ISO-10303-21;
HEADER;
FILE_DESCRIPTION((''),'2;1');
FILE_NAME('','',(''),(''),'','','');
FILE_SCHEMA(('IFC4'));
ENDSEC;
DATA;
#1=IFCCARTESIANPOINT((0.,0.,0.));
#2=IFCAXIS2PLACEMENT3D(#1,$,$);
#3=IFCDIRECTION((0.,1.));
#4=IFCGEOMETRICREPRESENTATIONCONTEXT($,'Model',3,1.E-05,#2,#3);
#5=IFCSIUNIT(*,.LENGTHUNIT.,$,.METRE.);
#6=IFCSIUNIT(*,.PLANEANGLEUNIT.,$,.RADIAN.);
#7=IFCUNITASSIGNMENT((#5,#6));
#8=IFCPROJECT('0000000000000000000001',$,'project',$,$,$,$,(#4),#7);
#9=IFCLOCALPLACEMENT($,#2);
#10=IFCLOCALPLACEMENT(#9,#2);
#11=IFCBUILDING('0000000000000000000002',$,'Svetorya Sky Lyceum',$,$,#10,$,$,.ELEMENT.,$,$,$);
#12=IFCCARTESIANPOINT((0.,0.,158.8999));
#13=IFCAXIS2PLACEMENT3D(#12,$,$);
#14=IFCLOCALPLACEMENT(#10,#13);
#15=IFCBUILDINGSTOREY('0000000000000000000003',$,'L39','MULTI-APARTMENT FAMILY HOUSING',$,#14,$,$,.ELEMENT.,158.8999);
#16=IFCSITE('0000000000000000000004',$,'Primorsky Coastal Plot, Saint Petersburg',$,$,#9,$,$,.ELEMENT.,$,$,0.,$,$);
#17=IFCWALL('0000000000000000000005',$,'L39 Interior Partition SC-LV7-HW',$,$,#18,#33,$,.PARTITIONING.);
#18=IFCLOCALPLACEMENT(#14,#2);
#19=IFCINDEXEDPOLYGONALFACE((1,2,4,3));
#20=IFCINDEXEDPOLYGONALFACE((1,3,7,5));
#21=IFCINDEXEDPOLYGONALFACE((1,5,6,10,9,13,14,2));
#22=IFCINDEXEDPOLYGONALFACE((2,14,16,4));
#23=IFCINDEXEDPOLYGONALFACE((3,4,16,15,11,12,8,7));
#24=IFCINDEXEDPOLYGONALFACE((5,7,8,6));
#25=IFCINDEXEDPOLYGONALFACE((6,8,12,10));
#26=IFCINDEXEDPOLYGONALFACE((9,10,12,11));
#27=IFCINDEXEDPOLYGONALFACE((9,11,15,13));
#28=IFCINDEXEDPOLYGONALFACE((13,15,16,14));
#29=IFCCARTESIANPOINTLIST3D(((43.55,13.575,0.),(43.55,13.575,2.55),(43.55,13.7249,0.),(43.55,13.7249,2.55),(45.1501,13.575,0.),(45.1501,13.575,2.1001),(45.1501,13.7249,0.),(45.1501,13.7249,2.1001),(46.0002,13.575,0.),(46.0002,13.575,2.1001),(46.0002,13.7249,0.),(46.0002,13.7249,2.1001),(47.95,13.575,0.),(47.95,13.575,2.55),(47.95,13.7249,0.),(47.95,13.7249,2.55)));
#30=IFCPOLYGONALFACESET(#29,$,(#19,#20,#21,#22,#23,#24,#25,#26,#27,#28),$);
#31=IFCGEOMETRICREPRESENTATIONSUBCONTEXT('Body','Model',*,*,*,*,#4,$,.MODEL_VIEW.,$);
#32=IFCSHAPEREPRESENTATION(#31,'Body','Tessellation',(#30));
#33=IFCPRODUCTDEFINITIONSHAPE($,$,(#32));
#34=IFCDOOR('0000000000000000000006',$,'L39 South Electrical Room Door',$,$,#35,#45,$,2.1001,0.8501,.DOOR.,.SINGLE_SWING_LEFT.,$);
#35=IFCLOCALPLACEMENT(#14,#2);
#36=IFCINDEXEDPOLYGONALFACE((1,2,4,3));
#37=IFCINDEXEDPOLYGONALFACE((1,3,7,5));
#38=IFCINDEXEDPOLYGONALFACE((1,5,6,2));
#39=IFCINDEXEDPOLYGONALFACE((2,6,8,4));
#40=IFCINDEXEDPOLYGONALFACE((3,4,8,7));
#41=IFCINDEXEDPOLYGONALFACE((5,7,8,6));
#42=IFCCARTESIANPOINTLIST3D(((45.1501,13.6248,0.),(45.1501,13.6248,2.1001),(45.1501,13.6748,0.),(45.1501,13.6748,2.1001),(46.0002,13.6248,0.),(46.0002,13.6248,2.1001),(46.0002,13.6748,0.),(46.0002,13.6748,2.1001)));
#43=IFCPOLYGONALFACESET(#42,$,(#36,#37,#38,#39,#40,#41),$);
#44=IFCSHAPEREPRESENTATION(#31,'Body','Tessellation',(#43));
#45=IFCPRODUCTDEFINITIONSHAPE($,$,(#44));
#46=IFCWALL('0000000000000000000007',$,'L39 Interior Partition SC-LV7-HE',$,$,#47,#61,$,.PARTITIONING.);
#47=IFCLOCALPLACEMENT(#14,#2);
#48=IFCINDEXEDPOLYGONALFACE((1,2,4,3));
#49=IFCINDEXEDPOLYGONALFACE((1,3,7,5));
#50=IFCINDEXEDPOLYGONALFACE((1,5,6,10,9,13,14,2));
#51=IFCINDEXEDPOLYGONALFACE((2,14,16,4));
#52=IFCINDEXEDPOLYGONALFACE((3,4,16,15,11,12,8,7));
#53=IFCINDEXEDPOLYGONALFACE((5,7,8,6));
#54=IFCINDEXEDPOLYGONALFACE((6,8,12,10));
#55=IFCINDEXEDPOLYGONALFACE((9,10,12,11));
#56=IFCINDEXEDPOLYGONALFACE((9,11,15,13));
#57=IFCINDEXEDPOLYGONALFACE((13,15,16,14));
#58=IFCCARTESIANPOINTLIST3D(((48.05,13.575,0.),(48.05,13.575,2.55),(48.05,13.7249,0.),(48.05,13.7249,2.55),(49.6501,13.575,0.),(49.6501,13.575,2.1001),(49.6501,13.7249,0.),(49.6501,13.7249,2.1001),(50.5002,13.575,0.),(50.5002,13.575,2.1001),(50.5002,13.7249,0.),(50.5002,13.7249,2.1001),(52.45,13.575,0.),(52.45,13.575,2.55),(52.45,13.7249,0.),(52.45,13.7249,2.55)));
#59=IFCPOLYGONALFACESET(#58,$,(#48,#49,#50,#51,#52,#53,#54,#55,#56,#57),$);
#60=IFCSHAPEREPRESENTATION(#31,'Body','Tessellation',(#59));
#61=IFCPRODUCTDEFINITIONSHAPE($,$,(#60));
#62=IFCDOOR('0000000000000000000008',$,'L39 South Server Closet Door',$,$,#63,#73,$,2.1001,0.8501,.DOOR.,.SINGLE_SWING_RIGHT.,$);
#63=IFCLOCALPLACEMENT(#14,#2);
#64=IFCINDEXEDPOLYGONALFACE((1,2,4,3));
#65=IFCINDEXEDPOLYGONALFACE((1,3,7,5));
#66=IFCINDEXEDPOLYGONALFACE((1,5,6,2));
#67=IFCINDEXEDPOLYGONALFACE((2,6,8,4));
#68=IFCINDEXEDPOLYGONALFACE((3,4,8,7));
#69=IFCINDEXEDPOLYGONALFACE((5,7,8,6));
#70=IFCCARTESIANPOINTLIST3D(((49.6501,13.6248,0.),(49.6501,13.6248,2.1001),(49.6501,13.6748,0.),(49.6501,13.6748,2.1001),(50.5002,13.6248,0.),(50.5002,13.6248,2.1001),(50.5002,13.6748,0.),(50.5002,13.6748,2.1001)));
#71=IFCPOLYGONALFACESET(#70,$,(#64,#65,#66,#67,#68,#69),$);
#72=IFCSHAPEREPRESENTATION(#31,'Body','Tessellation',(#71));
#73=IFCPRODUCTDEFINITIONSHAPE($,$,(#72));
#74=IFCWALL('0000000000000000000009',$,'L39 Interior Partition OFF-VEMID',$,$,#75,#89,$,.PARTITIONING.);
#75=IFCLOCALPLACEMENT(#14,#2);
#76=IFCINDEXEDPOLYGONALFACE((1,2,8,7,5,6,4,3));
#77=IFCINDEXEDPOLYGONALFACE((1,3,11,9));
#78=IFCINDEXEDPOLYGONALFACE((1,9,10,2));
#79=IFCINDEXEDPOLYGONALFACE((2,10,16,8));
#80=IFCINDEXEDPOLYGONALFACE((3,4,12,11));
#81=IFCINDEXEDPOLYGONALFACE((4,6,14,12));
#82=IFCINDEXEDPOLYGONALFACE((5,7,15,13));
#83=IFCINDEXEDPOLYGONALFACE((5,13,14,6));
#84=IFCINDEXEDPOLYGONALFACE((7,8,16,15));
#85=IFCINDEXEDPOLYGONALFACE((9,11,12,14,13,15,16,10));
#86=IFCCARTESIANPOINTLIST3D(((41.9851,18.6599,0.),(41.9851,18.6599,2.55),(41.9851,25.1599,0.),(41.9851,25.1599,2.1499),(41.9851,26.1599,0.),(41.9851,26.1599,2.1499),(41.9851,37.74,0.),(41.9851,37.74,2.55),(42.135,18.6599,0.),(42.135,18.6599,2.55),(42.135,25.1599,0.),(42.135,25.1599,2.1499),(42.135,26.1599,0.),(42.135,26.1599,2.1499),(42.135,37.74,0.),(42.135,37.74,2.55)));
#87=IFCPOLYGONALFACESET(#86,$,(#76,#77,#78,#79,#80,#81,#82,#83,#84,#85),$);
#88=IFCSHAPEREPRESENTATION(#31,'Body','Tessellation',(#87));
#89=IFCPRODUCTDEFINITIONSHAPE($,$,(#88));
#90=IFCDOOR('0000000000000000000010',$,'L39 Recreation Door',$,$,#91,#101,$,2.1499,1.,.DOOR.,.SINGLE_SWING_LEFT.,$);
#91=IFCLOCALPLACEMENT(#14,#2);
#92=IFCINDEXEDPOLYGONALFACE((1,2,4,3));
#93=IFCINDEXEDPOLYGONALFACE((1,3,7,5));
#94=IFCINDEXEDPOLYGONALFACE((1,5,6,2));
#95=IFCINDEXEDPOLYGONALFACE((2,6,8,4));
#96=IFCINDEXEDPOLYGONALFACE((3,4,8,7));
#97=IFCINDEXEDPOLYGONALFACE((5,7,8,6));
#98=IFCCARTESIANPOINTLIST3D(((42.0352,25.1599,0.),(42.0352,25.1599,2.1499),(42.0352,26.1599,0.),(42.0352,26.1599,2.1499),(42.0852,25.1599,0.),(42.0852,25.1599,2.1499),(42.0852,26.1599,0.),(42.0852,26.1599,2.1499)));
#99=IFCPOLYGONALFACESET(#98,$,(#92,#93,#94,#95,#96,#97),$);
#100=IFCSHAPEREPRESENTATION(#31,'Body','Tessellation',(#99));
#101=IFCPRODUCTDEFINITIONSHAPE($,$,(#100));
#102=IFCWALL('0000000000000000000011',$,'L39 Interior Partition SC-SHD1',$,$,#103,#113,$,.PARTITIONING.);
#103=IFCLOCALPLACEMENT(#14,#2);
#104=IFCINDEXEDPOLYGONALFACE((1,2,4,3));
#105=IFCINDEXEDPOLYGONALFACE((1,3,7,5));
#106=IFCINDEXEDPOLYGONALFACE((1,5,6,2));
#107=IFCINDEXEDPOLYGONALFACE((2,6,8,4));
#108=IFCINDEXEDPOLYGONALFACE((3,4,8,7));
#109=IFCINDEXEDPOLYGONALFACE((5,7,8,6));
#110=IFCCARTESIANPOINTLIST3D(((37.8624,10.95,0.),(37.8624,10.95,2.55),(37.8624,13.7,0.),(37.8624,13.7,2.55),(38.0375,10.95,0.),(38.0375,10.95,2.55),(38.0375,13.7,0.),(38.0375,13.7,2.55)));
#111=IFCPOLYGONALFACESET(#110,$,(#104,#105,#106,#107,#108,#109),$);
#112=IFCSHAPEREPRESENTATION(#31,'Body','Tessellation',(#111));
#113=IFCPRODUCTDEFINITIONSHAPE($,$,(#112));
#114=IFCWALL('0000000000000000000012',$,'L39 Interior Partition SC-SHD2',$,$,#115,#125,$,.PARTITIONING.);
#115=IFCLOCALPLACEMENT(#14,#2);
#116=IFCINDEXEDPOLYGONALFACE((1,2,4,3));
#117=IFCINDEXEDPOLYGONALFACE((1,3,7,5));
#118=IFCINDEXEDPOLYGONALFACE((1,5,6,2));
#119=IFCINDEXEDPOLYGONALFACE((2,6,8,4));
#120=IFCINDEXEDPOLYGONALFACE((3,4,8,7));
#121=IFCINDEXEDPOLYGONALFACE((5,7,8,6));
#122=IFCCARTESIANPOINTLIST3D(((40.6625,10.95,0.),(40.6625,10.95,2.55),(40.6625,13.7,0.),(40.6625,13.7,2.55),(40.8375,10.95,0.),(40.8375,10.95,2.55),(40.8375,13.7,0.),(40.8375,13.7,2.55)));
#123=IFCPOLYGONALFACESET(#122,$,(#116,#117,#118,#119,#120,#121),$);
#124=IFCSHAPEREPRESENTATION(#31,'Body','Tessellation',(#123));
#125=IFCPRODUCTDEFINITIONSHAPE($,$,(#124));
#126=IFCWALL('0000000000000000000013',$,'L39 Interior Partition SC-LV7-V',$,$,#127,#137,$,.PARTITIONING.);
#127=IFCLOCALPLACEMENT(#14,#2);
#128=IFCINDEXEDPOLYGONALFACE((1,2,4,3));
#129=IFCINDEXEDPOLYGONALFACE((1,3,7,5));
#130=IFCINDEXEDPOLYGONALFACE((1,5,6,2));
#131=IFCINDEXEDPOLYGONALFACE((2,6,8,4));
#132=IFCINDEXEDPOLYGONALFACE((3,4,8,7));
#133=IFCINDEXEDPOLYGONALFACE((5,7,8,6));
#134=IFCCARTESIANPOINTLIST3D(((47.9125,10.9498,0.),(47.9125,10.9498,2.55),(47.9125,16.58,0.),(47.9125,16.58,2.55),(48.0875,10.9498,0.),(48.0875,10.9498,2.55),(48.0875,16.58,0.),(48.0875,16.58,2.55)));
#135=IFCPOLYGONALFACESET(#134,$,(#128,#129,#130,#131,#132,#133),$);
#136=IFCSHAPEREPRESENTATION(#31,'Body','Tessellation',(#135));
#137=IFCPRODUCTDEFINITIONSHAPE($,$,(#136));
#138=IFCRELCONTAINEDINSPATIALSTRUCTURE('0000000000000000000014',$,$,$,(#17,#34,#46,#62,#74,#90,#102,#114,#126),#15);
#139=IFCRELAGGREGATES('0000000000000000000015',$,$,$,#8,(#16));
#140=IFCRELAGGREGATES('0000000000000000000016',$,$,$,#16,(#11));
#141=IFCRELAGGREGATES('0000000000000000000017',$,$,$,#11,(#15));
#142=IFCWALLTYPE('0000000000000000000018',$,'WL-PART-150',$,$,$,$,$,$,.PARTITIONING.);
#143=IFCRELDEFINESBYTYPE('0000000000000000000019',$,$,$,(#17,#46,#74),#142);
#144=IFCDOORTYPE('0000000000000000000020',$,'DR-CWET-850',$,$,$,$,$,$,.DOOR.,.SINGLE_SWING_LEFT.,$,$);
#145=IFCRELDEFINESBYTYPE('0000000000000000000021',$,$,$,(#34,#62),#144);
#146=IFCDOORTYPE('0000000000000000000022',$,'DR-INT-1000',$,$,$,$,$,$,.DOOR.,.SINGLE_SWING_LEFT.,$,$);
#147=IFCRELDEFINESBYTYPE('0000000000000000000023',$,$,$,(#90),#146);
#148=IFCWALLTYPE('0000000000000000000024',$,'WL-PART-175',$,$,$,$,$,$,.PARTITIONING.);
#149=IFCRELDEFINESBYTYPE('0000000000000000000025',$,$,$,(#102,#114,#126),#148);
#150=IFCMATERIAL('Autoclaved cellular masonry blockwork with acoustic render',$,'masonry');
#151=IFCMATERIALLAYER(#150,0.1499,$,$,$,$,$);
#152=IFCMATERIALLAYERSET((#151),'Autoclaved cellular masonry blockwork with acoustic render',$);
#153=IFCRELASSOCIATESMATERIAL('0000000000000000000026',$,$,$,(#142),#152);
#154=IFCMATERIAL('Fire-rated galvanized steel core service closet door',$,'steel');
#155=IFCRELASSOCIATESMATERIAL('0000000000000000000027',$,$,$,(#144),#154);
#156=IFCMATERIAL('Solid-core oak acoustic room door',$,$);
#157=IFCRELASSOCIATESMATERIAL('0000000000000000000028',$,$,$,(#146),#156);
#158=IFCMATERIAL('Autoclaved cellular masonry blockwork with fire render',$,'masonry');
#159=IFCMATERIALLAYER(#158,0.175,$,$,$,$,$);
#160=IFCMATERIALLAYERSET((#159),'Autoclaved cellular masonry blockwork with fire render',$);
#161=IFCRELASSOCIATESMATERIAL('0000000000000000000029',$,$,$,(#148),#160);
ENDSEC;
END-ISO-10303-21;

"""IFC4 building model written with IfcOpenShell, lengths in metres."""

from ifc_helpers import new_model, si_unit, direction, frame, frame_2d, origin, place, context, subcontext, project, spatial, rectangle, extrude, material, layer, layer_set, type_object, element, fill, save


model = new_model("IFC4")

# Units and contexts
model_context = context("Model", 3, precision=1e-05, world=origin(), true_north=direction((0.0, 1.0)))
body_context = subcontext(model_context, "Body", "Model", "MODEL_VIEW")
ifc_project = project(units=[si_unit("LENGTHUNIT", "METRE"), si_unit("PLANEANGLEUNIT", "RADIAN")], contexts=[model_context])

# Site, building, storey
site_placement = place(None, origin())
site = spatial("IfcSite", under=ifc_project, at=site_placement, Name="Primorsky Coastal Plot, Saint Petersburg", CompositionType="ELEMENT", RefElevation=0.0)
building_placement = place(site_placement, origin())
building = spatial("IfcBuilding", under=site, at=building_placement, Name="Svetorya Sky Lyceum", CompositionType="ELEMENT")
storey_placement = place(building_placement, frame((0.0, 0.0, 158.8999)))
storey = spatial("IfcBuildingStorey", under=building, at=storey_placement, Name="L39", Description="MULTI-APARTMENT FAMILY HOUSING", CompositionType="ELEMENT", Elevation=158.8999)

# Walls, openings, doors
ifc_material_1 = material(Name="Autoclaved cellular masonry blockwork with acoustic render", Category="masonry")
ifc_layer_1 = layer(ifc_material_1, 0.1499)
ifc_layer_set_1 = layer_set([ifc_layer_1], Name="Autoclaved cellular masonry blockwork with acoustic render")
wall_type_1 = type_object("IfcWallType", Name="WL-PART-150", PredefinedType="PARTITIONING", material=ifc_layer_set_1)
wall_1_placement = place(storey_placement, frame((43.55, 13.6499, 0.0), z_axis=(0.0, 0.0, 1.0), x_axis=(1.0, 0.0, 0.0)))
wall_1 = element("IfcWall", 1, at=wall_1_placement, inside=storey, type_object=wall_type_1, Name="L39 Interior Partition SC-LV7-HW", PredefinedType="PARTITIONING", context=body_context, shape_type="SweptSolid", body=[
    extrude(rectangle(XDim=4.3999, YDim=0.1499, at=frame_2d((2.2, 0.0))), origin(), (0.0, 0.0, 1.0), 2.55),
])
opening_1_placement = place(wall_1_placement, frame((1.6001, 0.0, 0.0)))
opening_1 = element("IfcOpeningElement", 2, at=opening_1_placement, cuts=wall_1, PredefinedType="OPENING", context=body_context, shape_type="SweptSolid", body=[
    extrude(rectangle(XDim=0.8501, YDim=2.1001, at=frame_2d((0.425, 1.05))), frame((0.0, 0.085, 0.0), z_axis=(0.0, -1.0, 0.0), x_axis=(1.0, 0.0, 0.0)), (0.0, 0.0, 1.0), 0.1699),
])
ifc_material_2 = material(Name="Fire-rated galvanized steel core service closet door", Category="steel")
door_type_1 = type_object("IfcDoorType", Name="DR-CWET-850", OperationType="SINGLE_SWING_LEFT", PredefinedType="DOOR", material=ifc_material_2)
door_1_placement = place(opening_1_placement, origin())
door_1 = element("IfcDoor", 3, at=door_1_placement, inside=storey, type_object=door_type_1, Name="L39 South Electrical Room Door", OperationType="SINGLE_SWING_LEFT", OverallHeight=2.1001, OverallWidth=0.8501, PredefinedType="DOOR", context=body_context, shape_type="SweptSolid", body=[
    extrude(rectangle(XDim=0.8501, YDim=2.1001, at=frame_2d((0.425, 1.05))), frame((0.0, 0.0249, 0.0), z_axis=(0.0, -1.0, 0.0), x_axis=(1.0, 0.0, 0.0)), (0.0, 0.0, 1.0), 0.05),
])
fill(opening_1, door_1)
wall_2_placement = place(storey_placement, frame((48.05, 13.6499, 0.0), z_axis=(0.0, 0.0, 1.0), x_axis=(1.0, 0.0, 0.0)))
wall_2 = element("IfcWall", 4, at=wall_2_placement, inside=storey, type_object=wall_type_1, Name="L39 Interior Partition SC-LV7-HE", PredefinedType="PARTITIONING", context=body_context, shape_type="SweptSolid", body=[
    extrude(rectangle(XDim=4.3999, YDim=0.1499, at=frame_2d((2.2, 0.0))), origin(), (0.0, 0.0, 1.0), 2.55),
])
opening_2_placement = place(wall_2_placement, frame((1.6001, 0.0, 0.0)))
opening_2 = element("IfcOpeningElement", 5, at=opening_2_placement, cuts=wall_2, PredefinedType="OPENING", context=body_context, shape_type="SweptSolid", body=[
    extrude(rectangle(XDim=0.8501, YDim=2.1001, at=frame_2d((0.425, 1.05))), frame((0.0, 0.085, 0.0), z_axis=(0.0, -1.0, 0.0), x_axis=(1.0, 0.0, 0.0)), (0.0, 0.0, 1.0), 0.1699),
])
door_2_placement = place(opening_2_placement, origin())
door_2 = element("IfcDoor", 6, at=door_2_placement, inside=storey, type_object=door_type_1, Name="L39 South Server Closet Door", OperationType="SINGLE_SWING_RIGHT", OverallHeight=2.1001, OverallWidth=0.8501, PredefinedType="DOOR", context=body_context, shape_type="SweptSolid", body=[
    extrude(rectangle(XDim=0.8501, YDim=2.1001, at=frame_2d((0.425, 1.05))), frame((0.0, 0.0249, 0.0), z_axis=(0.0, -1.0, 0.0), x_axis=(1.0, 0.0, 0.0)), (0.0, 0.0, 1.0), 0.05),
])
fill(opening_2, door_2)
wall_3_placement = place(storey_placement, frame((42.0601, 18.6599, 0.0), z_axis=(0.0, 0.0, 1.0), x_axis=(0.0, 1.0, 0.0)))
wall_3 = element("IfcWall", 7, at=wall_3_placement, inside=storey, type_object=wall_type_1, Name="L39 Interior Partition OFF-VEMID", PredefinedType="PARTITIONING", context=body_context, shape_type="SweptSolid", body=[
    extrude(rectangle(XDim=19.0801, YDim=0.1499, at=frame_2d((9.54, 0.0))), origin(), (0.0, 0.0, 1.0), 2.55),
])
opening_3_placement = place(wall_3_placement, frame((6.5, 0.0, 0.0)))
opening_3 = element("IfcOpeningElement", 8, at=opening_3_placement, cuts=wall_3, PredefinedType="OPENING", context=body_context, shape_type="SweptSolid", body=[
    extrude(rectangle(XDim=1.0, YDim=2.1499, at=frame_2d((0.5, 1.075))), frame((0.0, 0.085, 0.0), z_axis=(0.0, -1.0, 0.0), x_axis=(1.0, 0.0, 0.0)), (0.0, 0.0, 1.0), 0.1699),
])
ifc_material_3 = material(Name="Solid-core oak acoustic room door")
door_type_2 = type_object("IfcDoorType", Name="DR-INT-1000", OperationType="SINGLE_SWING_LEFT", PredefinedType="DOOR", material=ifc_material_3)
door_3_placement = place(opening_3_placement, origin())
door_3 = element("IfcDoor", 9, at=door_3_placement, inside=storey, type_object=door_type_2, Name="L39 Recreation Door", OperationType="SINGLE_SWING_LEFT", OverallHeight=2.1499, OverallWidth=1.0, PredefinedType="DOOR", context=body_context, shape_type="SweptSolid", body=[
    extrude(rectangle(XDim=1.0, YDim=2.1499, at=frame_2d((0.5, 1.075))), frame((0.0, 0.0249, 0.0), z_axis=(0.0, -1.0, 0.0), x_axis=(1.0, 0.0, 0.0)), (0.0, 0.0, 1.0), 0.05),
])
fill(opening_3, door_3)

# Walls
ifc_material_4 = material(Name="Autoclaved cellular masonry blockwork with fire render", Category="masonry")
ifc_layer_2 = layer(ifc_material_4, 0.175)
ifc_layer_set_2 = layer_set([ifc_layer_2], Name="Autoclaved cellular masonry blockwork with fire render")
wall_type_2 = type_object("IfcWallType", Name="WL-PART-175", PredefinedType="PARTITIONING", material=ifc_layer_set_2)
for number, where, z_axis, x_axis, name in (
    (10, (37.95, 10.95, 0.0), (0.0, 0.0, 1.0), (0.0, 1.0, 0.0), "L39 Interior Partition SC-SHD1"),
    (11, (40.75, 10.95, 0.0), (0.0, 0.0, 1.0), (0.0, 1.0, 0.0), "L39 Interior Partition SC-SHD2"),
):
    element("IfcWall", number, at=place(storey_placement, frame(where, z_axis=z_axis, x_axis=x_axis)), inside=storey, type_object=wall_type_2, Name=name, PredefinedType="PARTITIONING", context=body_context, shape_type="SweptSolid", body=[
        extrude(rectangle(XDim=2.75, YDim=0.175, at=frame_2d((1.375, 0.0))), origin(), (0.0, 0.0, 1.0), 2.55),
    ])
wall_4_placement = place(storey_placement, frame((48.0, 10.95, 0.0), z_axis=(0.0, 0.0, 1.0), x_axis=(0.0, 1.0, 0.0)))
element("IfcWall", 12, at=wall_4_placement, inside=storey, type_object=wall_type_2, Name="L39 Interior Partition SC-LV7-V", PredefinedType="PARTITIONING", context=body_context, shape_type="SweptSolid", body=[
    extrude(rectangle(XDim=5.6301, YDim=0.175, at=frame_2d((2.8149, 0.0))), origin(), (0.0, 0.0, 1.0), 2.55),
])

save(model, "model.ifc")
